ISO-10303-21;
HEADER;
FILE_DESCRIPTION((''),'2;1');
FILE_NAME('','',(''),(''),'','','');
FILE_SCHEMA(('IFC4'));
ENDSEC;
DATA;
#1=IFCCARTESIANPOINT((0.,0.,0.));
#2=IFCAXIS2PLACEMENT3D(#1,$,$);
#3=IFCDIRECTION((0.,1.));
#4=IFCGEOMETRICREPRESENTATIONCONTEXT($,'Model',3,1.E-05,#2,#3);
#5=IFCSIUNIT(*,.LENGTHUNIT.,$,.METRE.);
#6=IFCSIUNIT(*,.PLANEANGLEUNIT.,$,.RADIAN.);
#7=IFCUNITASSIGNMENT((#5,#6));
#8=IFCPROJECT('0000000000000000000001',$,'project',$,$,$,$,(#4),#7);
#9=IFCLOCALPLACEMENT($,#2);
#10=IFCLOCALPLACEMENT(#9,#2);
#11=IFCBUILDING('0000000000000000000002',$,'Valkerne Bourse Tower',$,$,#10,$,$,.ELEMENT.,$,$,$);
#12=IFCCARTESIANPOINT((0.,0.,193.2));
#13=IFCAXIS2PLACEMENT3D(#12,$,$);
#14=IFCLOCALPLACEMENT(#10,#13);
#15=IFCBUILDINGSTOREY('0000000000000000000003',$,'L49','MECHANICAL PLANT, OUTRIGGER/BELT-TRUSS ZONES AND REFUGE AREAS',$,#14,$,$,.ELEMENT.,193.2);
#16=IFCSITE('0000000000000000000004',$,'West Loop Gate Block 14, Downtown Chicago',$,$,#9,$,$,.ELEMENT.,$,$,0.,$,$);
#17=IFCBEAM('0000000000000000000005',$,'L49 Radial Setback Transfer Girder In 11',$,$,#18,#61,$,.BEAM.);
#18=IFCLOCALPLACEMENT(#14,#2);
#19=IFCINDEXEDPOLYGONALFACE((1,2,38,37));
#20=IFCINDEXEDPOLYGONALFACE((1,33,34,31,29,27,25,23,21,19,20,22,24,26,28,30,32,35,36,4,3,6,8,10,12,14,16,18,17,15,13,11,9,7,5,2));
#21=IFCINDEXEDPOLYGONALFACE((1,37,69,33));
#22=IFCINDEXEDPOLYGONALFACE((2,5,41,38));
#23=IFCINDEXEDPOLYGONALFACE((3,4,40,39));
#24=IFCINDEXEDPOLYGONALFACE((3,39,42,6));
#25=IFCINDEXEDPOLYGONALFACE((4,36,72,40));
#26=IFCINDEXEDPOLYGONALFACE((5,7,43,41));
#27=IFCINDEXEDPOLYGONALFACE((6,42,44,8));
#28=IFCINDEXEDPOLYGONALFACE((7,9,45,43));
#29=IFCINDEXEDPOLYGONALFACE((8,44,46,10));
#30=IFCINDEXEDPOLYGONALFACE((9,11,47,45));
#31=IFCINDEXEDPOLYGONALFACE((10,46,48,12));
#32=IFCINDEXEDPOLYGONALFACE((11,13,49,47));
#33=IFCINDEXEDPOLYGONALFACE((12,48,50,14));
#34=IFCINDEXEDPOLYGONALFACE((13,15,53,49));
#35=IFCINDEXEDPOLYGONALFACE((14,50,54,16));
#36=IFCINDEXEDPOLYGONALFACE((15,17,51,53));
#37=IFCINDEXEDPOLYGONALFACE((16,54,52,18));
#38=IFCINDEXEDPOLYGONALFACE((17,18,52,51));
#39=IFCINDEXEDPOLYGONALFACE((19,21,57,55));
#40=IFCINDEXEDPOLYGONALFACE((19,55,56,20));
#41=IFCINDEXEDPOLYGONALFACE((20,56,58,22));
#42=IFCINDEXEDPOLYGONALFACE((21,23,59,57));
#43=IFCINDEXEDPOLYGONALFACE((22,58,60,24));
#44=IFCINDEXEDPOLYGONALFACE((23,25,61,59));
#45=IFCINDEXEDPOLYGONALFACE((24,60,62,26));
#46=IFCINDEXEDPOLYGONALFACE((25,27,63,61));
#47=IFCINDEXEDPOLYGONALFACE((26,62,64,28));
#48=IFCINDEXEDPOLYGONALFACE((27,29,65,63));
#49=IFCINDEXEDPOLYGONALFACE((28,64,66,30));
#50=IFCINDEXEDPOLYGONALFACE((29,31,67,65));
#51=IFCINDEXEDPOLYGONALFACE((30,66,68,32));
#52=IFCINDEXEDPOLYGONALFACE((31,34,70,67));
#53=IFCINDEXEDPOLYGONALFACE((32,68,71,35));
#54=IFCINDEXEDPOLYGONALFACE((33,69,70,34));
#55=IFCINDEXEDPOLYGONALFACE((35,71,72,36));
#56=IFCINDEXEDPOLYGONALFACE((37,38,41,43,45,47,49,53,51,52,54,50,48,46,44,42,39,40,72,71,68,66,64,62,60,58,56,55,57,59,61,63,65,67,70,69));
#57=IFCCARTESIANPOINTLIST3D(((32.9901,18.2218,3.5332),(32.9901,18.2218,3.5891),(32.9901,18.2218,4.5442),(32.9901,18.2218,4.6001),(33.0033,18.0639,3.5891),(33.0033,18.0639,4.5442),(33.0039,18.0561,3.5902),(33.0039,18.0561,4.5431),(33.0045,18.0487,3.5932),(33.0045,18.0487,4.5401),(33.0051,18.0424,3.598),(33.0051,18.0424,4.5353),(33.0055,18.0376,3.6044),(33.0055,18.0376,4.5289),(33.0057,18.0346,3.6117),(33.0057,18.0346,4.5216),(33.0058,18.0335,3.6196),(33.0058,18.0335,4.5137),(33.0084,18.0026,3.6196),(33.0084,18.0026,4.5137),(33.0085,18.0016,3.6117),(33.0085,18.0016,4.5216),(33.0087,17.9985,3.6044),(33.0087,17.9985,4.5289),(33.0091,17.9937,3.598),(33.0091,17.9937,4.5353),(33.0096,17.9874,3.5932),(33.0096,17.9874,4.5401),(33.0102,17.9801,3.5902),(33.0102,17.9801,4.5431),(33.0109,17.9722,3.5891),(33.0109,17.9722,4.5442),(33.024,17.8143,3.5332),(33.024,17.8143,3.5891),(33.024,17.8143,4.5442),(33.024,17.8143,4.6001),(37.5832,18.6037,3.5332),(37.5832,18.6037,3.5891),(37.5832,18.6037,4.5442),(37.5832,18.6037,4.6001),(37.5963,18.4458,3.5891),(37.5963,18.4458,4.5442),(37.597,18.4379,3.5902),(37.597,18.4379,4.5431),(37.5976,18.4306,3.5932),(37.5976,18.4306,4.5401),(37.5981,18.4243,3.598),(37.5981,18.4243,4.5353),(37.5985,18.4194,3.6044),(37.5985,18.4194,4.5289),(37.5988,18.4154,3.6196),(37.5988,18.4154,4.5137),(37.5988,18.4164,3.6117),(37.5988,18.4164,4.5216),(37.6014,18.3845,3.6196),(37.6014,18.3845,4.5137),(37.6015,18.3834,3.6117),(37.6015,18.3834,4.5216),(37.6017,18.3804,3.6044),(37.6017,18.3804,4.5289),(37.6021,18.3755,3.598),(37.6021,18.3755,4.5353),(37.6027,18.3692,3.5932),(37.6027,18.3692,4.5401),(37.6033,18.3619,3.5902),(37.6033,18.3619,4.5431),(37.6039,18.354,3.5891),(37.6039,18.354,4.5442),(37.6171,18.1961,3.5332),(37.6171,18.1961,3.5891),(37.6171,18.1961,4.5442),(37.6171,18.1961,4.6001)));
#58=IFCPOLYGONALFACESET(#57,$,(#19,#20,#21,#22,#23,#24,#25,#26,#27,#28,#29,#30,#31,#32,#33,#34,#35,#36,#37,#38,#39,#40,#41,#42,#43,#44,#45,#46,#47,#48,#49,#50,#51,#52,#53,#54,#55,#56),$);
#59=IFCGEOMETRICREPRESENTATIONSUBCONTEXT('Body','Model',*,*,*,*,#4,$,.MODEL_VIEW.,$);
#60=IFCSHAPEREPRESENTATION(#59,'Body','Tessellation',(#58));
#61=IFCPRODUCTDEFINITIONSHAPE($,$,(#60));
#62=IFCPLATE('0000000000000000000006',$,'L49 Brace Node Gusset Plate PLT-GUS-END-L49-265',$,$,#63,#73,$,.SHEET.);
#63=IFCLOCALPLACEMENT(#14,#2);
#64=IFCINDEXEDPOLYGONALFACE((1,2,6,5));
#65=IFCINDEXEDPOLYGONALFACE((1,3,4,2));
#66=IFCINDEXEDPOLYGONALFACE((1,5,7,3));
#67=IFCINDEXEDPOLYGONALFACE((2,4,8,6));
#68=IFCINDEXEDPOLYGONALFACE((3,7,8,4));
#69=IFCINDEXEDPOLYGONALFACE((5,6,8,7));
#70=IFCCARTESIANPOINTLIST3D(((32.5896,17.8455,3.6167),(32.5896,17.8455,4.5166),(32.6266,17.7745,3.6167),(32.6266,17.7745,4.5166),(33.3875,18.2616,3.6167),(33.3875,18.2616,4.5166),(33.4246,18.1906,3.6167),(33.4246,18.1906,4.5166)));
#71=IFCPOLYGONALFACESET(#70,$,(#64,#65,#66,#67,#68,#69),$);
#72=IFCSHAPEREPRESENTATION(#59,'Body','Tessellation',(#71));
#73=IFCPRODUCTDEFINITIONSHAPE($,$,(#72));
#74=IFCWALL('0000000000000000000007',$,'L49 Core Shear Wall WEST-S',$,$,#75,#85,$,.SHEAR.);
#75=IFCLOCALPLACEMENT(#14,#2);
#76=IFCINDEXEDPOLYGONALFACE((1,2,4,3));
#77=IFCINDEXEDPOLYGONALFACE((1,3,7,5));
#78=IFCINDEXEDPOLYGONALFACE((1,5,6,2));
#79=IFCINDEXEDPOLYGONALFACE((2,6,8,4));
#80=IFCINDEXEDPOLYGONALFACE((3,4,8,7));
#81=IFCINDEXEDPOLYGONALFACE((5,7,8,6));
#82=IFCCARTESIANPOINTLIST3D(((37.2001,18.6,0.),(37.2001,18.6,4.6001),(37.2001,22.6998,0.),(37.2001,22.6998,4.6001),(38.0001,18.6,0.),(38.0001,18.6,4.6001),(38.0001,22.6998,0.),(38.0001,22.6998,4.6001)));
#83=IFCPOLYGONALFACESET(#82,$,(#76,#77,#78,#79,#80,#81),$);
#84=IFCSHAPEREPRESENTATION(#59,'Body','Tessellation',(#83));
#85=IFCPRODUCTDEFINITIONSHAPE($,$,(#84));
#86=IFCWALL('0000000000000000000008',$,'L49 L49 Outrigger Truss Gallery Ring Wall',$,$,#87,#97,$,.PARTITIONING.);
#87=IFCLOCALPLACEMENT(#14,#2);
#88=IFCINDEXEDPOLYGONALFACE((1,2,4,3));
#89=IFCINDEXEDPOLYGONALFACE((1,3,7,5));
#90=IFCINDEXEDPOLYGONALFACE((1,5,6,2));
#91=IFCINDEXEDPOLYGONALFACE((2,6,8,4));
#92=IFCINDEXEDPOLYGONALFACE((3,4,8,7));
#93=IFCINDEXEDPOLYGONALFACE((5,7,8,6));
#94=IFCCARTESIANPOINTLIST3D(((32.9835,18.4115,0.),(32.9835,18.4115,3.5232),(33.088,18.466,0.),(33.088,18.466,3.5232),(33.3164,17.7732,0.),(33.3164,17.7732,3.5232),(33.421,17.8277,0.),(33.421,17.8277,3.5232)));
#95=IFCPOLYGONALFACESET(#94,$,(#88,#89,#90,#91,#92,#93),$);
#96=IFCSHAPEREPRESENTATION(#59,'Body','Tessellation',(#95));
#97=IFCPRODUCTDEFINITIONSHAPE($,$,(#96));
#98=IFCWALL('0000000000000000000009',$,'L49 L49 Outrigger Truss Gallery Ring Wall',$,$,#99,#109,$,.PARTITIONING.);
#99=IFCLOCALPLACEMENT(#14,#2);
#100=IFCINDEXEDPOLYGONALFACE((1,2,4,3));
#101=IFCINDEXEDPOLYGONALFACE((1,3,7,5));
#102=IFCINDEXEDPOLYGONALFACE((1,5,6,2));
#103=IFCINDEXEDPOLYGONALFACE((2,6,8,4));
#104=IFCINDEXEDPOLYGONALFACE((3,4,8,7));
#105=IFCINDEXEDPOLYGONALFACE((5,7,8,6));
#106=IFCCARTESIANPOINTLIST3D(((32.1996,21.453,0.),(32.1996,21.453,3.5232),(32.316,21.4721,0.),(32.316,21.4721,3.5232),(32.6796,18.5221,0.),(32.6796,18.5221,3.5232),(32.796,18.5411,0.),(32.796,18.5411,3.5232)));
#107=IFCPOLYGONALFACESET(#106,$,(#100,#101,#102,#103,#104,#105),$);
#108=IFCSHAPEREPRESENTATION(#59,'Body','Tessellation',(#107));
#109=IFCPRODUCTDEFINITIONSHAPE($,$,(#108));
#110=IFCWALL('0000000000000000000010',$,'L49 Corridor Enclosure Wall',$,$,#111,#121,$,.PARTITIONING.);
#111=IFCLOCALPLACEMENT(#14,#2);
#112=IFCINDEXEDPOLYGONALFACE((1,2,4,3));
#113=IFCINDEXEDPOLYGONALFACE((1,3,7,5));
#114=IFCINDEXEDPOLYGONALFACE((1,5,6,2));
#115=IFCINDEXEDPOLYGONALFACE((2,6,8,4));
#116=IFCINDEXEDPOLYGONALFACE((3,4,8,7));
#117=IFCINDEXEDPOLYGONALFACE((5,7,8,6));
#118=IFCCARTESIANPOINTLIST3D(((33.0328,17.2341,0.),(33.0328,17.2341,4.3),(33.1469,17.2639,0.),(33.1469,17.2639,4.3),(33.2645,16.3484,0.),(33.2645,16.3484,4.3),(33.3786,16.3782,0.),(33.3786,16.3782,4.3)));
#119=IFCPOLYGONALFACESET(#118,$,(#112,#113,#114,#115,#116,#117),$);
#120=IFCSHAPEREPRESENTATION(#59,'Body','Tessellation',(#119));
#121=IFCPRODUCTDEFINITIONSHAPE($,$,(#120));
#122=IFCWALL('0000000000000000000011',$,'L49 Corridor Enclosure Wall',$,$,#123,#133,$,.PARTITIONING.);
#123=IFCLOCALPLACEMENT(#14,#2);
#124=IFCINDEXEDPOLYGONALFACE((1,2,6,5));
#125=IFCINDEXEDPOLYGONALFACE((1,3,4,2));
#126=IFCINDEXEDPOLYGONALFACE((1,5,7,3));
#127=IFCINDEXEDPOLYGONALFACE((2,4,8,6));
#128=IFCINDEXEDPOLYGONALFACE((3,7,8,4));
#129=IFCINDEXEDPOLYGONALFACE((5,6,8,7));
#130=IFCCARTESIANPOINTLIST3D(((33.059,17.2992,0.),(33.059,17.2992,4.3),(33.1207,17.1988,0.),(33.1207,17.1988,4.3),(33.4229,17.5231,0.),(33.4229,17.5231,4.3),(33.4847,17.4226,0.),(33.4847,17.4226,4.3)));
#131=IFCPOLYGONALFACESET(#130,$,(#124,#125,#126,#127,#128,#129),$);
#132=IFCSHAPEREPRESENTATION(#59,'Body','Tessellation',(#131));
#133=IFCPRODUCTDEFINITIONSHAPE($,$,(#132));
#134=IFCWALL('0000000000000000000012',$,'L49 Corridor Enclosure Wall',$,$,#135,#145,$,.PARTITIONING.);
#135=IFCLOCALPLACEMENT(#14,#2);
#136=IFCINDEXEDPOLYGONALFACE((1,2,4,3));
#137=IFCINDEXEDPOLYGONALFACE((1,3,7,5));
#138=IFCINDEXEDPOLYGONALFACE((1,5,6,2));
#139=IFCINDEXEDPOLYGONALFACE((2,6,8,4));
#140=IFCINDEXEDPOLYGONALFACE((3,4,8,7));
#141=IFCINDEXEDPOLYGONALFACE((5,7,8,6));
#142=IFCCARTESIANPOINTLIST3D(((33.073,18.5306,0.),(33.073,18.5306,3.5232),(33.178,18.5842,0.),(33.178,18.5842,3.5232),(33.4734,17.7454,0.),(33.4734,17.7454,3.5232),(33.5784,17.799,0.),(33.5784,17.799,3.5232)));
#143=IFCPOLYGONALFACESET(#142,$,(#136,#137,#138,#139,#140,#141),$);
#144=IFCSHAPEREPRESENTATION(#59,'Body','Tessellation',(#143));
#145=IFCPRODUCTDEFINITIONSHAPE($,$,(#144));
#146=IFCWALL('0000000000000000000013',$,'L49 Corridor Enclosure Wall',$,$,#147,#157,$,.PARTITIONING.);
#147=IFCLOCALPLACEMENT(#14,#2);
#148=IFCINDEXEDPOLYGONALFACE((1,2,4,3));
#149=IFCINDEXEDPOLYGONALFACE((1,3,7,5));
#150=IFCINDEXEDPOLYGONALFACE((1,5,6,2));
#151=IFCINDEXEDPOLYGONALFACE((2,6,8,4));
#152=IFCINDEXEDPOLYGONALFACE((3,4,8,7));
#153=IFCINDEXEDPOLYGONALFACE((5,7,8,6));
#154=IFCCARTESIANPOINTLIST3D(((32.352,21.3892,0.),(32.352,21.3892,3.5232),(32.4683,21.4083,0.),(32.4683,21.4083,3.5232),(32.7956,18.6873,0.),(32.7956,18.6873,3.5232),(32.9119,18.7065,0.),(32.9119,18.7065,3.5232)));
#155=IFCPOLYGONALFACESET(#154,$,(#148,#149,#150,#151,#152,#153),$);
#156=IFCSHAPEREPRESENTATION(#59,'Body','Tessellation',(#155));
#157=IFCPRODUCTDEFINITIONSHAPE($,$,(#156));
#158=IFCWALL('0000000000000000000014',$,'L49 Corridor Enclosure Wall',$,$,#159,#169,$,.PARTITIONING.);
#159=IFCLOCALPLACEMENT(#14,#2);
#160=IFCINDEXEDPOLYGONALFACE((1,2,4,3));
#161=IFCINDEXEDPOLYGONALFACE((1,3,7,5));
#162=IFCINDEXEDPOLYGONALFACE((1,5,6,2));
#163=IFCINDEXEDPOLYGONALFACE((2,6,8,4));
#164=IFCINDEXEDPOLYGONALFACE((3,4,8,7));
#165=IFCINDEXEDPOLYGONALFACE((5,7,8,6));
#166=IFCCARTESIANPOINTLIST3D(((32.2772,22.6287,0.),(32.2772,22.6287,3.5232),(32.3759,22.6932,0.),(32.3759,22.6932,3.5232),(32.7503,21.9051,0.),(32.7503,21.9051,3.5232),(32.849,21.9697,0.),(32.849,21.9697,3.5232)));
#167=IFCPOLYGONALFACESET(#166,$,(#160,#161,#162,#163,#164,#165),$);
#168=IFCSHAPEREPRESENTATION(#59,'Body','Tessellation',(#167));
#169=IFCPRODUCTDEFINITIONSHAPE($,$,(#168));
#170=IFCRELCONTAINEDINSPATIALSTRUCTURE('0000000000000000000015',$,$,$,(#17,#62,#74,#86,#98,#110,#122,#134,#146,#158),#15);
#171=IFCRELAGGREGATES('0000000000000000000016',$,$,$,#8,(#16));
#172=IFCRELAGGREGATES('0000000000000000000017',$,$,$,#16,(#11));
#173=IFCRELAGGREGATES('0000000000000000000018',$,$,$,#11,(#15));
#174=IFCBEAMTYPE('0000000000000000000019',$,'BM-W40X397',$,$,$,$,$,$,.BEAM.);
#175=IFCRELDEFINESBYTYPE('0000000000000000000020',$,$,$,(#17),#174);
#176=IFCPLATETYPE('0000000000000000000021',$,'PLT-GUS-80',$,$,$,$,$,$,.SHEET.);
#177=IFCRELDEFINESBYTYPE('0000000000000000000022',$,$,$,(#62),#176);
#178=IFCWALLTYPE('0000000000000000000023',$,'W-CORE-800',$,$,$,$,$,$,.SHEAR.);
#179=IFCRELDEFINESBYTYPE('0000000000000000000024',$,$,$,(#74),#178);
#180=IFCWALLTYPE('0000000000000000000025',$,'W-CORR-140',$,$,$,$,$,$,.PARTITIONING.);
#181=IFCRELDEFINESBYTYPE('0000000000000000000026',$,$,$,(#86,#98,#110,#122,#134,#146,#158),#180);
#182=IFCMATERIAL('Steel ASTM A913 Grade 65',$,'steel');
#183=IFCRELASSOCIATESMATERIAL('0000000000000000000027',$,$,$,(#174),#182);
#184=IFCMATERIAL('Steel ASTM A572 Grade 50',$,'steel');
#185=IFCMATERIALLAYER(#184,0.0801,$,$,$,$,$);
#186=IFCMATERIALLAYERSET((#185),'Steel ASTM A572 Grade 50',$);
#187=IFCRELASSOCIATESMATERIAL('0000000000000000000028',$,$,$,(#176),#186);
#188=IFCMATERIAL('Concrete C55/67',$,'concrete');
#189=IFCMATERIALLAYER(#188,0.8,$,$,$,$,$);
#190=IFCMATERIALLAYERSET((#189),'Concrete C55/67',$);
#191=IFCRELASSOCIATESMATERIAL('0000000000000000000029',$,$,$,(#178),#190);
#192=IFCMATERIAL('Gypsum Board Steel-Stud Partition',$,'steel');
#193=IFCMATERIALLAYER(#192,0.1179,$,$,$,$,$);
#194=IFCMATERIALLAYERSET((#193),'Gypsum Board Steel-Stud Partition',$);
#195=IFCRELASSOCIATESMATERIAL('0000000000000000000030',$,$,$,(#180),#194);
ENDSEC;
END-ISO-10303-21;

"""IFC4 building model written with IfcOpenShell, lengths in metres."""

from ifc_helpers import new_model, si_unit, direction, frame, frame_2d, origin, origin_2d, place, context, subcontext, project, spatial, rectangle, i_section, extrude, material, layer, layer_set, material_profile, profile_set, type_object, element, save


model = new_model("IFC4")

# Units and contexts
model_context = context("Model", 3, precision=1e-05, world=origin(), true_north=direction((0.0, 1.0)))
body_context = subcontext(model_context, "Body", "Model", "MODEL_VIEW")
ifc_project = project(units=[si_unit("LENGTHUNIT", "METRE"), si_unit("PLANEANGLEUNIT", "RADIAN")], contexts=[model_context])

# Site, building, storey
site_placement = place(None, origin())
site = spatial("IfcSite", under=ifc_project, at=site_placement, Name="West Loop Gate Block 14, Downtown Chicago", CompositionType="ELEMENT", RefElevation=0.0)
building_placement = place(site_placement, origin())
building = spatial("IfcBuilding", under=site, at=building_placement, Name="Valkerne Bourse Tower", CompositionType="ELEMENT")
storey_placement = place(building_placement, frame((0.0, 0.0, 193.2)))
storey = spatial("IfcBuildingStorey", under=building, at=storey_placement, Name="L49", Description="MECHANICAL PLANT, OUTRIGGER/BELT-TRUSS ZONES AND REFUGE AREAS", CompositionType="ELEMENT", Elevation=193.2)

# Beam
ifc_material_1 = material(Name="Steel ASTM A913 Grade 65", Category="steel")
ifc_material_profile = material_profile(ifc_material_1, i_section(OverallWidth=0.4089, OverallDepth=1.0669, WebThickness=0.031, FlangeThickness=0.0559, FilletRadius=0.0305, at=origin_2d()), Name="W40X397")
ifc_profile_set = profile_set([ifc_material_profile], Name="Steel ASTM A913 Grade 65")
beam_type = type_object("IfcBeamType", Name="BM-W40X397", PredefinedType="BEAM", material=ifc_profile_set)
beam_placement = place(storey_placement, frame((33.0071, 18.0181, 4.0667), z_axis=(0.996562, 0.082848, 0.0), x_axis=(-0.082848, 0.996562, 0.0)))
element("IfcBeam", 1, at=beam_placement, inside=storey, type_object=beam_type, Name="L49 Radial Setback Transfer Girder In 11", PredefinedType="BEAM", context=body_context, shape_type="SweptSolid", body=[
    extrude(i_section(OverallWidth=0.4089, OverallDepth=1.0669, WebThickness=0.031, FlangeThickness=0.0559, FilletRadius=0.0305, at=origin_2d()), origin(), (0.0, 0.0, 1.0), 4.6089),
])

# Plate
ifc_material_2 = material(Name="Steel ASTM A572 Grade 50", Category="steel")
ifc_layer_1 = layer(ifc_material_2, 0.0801)
ifc_layer_set_1 = layer_set([ifc_layer_1], Name="Steel ASTM A572 Grade 50")
plate_type = type_object("IfcPlateType", Name="PLT-GUS-80", PredefinedType="SHEET", material=ifc_layer_set_1)
plate_placement = place(storey_placement, frame((33.0071, 18.0181, 3.6167), z_axis=(0.0, 0.0, 1.0), x_axis=(0.886688, 0.462368, 0.0)))
element("IfcPlate", 2, at=plate_placement, inside=storey, type_object=plate_type, Name="L49 Brace Node Gusset Plate PLT-GUS-END-L49-265", PredefinedType="SHEET", context=body_context, shape_type="SweptSolid", body=[
    extrude(rectangle(XDim=0.8999, YDim=0.0801, at=origin_2d()), origin(), (0.0, 0.0, 1.0), 0.8999),
])

# Shared definitions
ifc_material_3 = material(Name="Concrete C55/67", Category="concrete")
ifc_layer_2 = layer(ifc_material_3, 0.8)
ifc_layer_set_2 = layer_set([ifc_layer_2], Name="Concrete C55/67")
wall_type_1 = type_object("IfcWallType", Name="W-CORE-800", PredefinedType="SHEAR", material=ifc_layer_set_2)

# Walls
wall_1_placement = place(storey_placement, frame((37.6001, 18.6001, 0.0), z_axis=(0.0, 0.0, 1.0), x_axis=(0.0, 1.0, 0.0)))
element("IfcWall", 3, at=wall_1_placement, inside=storey, type_object=wall_type_1, Name="L49 Core Shear Wall WEST-S", PredefinedType="SHEAR", context=body_context, shape_type="SweptSolid", body=[
    extrude(rectangle(XDim=4.0999, YDim=0.8, at=frame_2d((2.0498, 0.0))), origin(), (0.0, 0.0, 1.0), 4.6001),
])
ifc_material_4 = material(Name="Gypsum Board Steel-Stud Partition", Category="steel")
ifc_layer_3 = layer(ifc_material_4, 0.1179)
ifc_layer_set_3 = layer_set([ifc_layer_3], Name="Gypsum Board Steel-Stud Partition")
wall_type_2 = type_object("IfcWallType", Name="W-CORR-140", PredefinedType="PARTITIONING", material=ifc_layer_set_3)
wall_2_placement = place(storey_placement, frame((33.3687, 17.8005, 0.0), z_axis=(0.0, 0.0, 1.0), x_axis=(-0.462473, 0.886633, 0.0)))
element("IfcWall", 4, at=wall_2_placement, inside=storey, type_object=wall_type_2, Name="L49 L49 Outrigger Truss Gallery Ring Wall", PredefinedType="PARTITIONING", context=body_context, shape_type="SweptSolid", body=[
    extrude(rectangle(XDim=0.72, YDim=0.1179, at=frame_2d((0.3599, 0.0))), origin(), (0.0, 0.0, 1.0), 3.5232),
])
wall_3_placement = place(storey_placement, frame((32.7378, 18.5317, 0.0), z_axis=(0.0, 0.0, 1.0), x_axis=(-0.161612, 0.986854, 0.0)))
element("IfcWall", 5, at=wall_3_placement, inside=storey, type_object=wall_type_2, Name="L49 L49 Outrigger Truss Gallery Ring Wall", PredefinedType="PARTITIONING", context=body_context, shape_type="SweptSolid", body=[
    extrude(rectangle(XDim=2.97, YDim=0.1179, at=frame_2d((1.4849, 0.0))), origin(), (0.0, 0.0, 1.0), 3.5232),
])
wall_4_placement = place(storey_placement, frame((33.3215, 16.3633, 0.0), z_axis=(0.0, 0.0, 1.0), x_axis=(-0.253062, 0.96745, 0.0)))
element("IfcWall", 6, at=wall_4_placement, inside=storey, type_object=wall_type_2, Name="L49 Corridor Enclosure Wall", PredefinedType="PARTITIONING", context=body_context, shape_type="SweptSolid", body=[
    extrude(rectangle(XDim=0.9155, YDim=0.1179, at=frame_2d((0.4578, 0.0))), origin(), (0.0, 0.0, 1.0), 4.3),
])
wall_5_placement = place(storey_placement, frame((33.0898, 17.249, 0.0), z_axis=(0.0, 0.0, 1.0), x_axis=(0.851796, 0.523874, 0.0)))
element("IfcWall", 7, at=wall_5_placement, inside=storey, type_object=wall_type_2, Name="L49 Corridor Enclosure Wall", PredefinedType="PARTITIONING", context=body_context, shape_type="SweptSolid", body=[
    extrude(rectangle(XDim=0.4272, YDim=0.1179, at=frame_2d((0.2136, 0.0))), origin(), (0.0, 0.0, 1.0), 4.3),
])
wall_6_placement = place(storey_placement, frame((33.5259, 17.7722, 0.0), z_axis=(0.0, 0.0, 1.0), x_axis=(-0.454291, 0.890853, 0.0)))
element("IfcWall", 8, at=wall_6_placement, inside=storey, type_object=wall_type_2, Name="L49 Corridor Enclosure Wall", PredefinedType="PARTITIONING", context=body_context, shape_type="SweptSolid", body=[
    extrude(rectangle(XDim=0.8813, YDim=0.1179, at=frame_2d((0.4407, 0.0))), origin(), (0.0, 0.0, 1.0), 3.5232),
])
wall_7_placement = place(storey_placement, frame((32.8538, 18.6968, 0.0), z_axis=(0.0, 0.0, 1.0), x_axis=(-0.162013, 0.986789, 0.0)))
element("IfcWall", 9, at=wall_7_placement, inside=storey, type_object=wall_type_2, Name="L49 Corridor Enclosure Wall", PredefinedType="PARTITIONING", context=body_context, shape_type="SweptSolid", body=[
    extrude(rectangle(XDim=2.738, YDim=0.1179, at=frame_2d((1.3691, 0.0))), origin(), (0.0, 0.0, 1.0), 3.5232),
])
wall_8_placement = place(storey_placement, frame((32.7996, 21.9375, 0.0), z_axis=(0.0, 0.0, 1.0), x_axis=(-0.547249, 0.83697, 0.0)))
element("IfcWall", 10, at=wall_8_placement, inside=storey, type_object=wall_type_2, Name="L49 Corridor Enclosure Wall", PredefinedType="PARTITIONING", context=body_context, shape_type="SweptSolid", body=[
    extrude(rectangle(XDim=0.8645, YDim=0.1179, at=frame_2d((0.4321, 0.0))), origin(), (0.0, 0.0, 1.0), 3.5232),
])

save(model, "model.ifc")
